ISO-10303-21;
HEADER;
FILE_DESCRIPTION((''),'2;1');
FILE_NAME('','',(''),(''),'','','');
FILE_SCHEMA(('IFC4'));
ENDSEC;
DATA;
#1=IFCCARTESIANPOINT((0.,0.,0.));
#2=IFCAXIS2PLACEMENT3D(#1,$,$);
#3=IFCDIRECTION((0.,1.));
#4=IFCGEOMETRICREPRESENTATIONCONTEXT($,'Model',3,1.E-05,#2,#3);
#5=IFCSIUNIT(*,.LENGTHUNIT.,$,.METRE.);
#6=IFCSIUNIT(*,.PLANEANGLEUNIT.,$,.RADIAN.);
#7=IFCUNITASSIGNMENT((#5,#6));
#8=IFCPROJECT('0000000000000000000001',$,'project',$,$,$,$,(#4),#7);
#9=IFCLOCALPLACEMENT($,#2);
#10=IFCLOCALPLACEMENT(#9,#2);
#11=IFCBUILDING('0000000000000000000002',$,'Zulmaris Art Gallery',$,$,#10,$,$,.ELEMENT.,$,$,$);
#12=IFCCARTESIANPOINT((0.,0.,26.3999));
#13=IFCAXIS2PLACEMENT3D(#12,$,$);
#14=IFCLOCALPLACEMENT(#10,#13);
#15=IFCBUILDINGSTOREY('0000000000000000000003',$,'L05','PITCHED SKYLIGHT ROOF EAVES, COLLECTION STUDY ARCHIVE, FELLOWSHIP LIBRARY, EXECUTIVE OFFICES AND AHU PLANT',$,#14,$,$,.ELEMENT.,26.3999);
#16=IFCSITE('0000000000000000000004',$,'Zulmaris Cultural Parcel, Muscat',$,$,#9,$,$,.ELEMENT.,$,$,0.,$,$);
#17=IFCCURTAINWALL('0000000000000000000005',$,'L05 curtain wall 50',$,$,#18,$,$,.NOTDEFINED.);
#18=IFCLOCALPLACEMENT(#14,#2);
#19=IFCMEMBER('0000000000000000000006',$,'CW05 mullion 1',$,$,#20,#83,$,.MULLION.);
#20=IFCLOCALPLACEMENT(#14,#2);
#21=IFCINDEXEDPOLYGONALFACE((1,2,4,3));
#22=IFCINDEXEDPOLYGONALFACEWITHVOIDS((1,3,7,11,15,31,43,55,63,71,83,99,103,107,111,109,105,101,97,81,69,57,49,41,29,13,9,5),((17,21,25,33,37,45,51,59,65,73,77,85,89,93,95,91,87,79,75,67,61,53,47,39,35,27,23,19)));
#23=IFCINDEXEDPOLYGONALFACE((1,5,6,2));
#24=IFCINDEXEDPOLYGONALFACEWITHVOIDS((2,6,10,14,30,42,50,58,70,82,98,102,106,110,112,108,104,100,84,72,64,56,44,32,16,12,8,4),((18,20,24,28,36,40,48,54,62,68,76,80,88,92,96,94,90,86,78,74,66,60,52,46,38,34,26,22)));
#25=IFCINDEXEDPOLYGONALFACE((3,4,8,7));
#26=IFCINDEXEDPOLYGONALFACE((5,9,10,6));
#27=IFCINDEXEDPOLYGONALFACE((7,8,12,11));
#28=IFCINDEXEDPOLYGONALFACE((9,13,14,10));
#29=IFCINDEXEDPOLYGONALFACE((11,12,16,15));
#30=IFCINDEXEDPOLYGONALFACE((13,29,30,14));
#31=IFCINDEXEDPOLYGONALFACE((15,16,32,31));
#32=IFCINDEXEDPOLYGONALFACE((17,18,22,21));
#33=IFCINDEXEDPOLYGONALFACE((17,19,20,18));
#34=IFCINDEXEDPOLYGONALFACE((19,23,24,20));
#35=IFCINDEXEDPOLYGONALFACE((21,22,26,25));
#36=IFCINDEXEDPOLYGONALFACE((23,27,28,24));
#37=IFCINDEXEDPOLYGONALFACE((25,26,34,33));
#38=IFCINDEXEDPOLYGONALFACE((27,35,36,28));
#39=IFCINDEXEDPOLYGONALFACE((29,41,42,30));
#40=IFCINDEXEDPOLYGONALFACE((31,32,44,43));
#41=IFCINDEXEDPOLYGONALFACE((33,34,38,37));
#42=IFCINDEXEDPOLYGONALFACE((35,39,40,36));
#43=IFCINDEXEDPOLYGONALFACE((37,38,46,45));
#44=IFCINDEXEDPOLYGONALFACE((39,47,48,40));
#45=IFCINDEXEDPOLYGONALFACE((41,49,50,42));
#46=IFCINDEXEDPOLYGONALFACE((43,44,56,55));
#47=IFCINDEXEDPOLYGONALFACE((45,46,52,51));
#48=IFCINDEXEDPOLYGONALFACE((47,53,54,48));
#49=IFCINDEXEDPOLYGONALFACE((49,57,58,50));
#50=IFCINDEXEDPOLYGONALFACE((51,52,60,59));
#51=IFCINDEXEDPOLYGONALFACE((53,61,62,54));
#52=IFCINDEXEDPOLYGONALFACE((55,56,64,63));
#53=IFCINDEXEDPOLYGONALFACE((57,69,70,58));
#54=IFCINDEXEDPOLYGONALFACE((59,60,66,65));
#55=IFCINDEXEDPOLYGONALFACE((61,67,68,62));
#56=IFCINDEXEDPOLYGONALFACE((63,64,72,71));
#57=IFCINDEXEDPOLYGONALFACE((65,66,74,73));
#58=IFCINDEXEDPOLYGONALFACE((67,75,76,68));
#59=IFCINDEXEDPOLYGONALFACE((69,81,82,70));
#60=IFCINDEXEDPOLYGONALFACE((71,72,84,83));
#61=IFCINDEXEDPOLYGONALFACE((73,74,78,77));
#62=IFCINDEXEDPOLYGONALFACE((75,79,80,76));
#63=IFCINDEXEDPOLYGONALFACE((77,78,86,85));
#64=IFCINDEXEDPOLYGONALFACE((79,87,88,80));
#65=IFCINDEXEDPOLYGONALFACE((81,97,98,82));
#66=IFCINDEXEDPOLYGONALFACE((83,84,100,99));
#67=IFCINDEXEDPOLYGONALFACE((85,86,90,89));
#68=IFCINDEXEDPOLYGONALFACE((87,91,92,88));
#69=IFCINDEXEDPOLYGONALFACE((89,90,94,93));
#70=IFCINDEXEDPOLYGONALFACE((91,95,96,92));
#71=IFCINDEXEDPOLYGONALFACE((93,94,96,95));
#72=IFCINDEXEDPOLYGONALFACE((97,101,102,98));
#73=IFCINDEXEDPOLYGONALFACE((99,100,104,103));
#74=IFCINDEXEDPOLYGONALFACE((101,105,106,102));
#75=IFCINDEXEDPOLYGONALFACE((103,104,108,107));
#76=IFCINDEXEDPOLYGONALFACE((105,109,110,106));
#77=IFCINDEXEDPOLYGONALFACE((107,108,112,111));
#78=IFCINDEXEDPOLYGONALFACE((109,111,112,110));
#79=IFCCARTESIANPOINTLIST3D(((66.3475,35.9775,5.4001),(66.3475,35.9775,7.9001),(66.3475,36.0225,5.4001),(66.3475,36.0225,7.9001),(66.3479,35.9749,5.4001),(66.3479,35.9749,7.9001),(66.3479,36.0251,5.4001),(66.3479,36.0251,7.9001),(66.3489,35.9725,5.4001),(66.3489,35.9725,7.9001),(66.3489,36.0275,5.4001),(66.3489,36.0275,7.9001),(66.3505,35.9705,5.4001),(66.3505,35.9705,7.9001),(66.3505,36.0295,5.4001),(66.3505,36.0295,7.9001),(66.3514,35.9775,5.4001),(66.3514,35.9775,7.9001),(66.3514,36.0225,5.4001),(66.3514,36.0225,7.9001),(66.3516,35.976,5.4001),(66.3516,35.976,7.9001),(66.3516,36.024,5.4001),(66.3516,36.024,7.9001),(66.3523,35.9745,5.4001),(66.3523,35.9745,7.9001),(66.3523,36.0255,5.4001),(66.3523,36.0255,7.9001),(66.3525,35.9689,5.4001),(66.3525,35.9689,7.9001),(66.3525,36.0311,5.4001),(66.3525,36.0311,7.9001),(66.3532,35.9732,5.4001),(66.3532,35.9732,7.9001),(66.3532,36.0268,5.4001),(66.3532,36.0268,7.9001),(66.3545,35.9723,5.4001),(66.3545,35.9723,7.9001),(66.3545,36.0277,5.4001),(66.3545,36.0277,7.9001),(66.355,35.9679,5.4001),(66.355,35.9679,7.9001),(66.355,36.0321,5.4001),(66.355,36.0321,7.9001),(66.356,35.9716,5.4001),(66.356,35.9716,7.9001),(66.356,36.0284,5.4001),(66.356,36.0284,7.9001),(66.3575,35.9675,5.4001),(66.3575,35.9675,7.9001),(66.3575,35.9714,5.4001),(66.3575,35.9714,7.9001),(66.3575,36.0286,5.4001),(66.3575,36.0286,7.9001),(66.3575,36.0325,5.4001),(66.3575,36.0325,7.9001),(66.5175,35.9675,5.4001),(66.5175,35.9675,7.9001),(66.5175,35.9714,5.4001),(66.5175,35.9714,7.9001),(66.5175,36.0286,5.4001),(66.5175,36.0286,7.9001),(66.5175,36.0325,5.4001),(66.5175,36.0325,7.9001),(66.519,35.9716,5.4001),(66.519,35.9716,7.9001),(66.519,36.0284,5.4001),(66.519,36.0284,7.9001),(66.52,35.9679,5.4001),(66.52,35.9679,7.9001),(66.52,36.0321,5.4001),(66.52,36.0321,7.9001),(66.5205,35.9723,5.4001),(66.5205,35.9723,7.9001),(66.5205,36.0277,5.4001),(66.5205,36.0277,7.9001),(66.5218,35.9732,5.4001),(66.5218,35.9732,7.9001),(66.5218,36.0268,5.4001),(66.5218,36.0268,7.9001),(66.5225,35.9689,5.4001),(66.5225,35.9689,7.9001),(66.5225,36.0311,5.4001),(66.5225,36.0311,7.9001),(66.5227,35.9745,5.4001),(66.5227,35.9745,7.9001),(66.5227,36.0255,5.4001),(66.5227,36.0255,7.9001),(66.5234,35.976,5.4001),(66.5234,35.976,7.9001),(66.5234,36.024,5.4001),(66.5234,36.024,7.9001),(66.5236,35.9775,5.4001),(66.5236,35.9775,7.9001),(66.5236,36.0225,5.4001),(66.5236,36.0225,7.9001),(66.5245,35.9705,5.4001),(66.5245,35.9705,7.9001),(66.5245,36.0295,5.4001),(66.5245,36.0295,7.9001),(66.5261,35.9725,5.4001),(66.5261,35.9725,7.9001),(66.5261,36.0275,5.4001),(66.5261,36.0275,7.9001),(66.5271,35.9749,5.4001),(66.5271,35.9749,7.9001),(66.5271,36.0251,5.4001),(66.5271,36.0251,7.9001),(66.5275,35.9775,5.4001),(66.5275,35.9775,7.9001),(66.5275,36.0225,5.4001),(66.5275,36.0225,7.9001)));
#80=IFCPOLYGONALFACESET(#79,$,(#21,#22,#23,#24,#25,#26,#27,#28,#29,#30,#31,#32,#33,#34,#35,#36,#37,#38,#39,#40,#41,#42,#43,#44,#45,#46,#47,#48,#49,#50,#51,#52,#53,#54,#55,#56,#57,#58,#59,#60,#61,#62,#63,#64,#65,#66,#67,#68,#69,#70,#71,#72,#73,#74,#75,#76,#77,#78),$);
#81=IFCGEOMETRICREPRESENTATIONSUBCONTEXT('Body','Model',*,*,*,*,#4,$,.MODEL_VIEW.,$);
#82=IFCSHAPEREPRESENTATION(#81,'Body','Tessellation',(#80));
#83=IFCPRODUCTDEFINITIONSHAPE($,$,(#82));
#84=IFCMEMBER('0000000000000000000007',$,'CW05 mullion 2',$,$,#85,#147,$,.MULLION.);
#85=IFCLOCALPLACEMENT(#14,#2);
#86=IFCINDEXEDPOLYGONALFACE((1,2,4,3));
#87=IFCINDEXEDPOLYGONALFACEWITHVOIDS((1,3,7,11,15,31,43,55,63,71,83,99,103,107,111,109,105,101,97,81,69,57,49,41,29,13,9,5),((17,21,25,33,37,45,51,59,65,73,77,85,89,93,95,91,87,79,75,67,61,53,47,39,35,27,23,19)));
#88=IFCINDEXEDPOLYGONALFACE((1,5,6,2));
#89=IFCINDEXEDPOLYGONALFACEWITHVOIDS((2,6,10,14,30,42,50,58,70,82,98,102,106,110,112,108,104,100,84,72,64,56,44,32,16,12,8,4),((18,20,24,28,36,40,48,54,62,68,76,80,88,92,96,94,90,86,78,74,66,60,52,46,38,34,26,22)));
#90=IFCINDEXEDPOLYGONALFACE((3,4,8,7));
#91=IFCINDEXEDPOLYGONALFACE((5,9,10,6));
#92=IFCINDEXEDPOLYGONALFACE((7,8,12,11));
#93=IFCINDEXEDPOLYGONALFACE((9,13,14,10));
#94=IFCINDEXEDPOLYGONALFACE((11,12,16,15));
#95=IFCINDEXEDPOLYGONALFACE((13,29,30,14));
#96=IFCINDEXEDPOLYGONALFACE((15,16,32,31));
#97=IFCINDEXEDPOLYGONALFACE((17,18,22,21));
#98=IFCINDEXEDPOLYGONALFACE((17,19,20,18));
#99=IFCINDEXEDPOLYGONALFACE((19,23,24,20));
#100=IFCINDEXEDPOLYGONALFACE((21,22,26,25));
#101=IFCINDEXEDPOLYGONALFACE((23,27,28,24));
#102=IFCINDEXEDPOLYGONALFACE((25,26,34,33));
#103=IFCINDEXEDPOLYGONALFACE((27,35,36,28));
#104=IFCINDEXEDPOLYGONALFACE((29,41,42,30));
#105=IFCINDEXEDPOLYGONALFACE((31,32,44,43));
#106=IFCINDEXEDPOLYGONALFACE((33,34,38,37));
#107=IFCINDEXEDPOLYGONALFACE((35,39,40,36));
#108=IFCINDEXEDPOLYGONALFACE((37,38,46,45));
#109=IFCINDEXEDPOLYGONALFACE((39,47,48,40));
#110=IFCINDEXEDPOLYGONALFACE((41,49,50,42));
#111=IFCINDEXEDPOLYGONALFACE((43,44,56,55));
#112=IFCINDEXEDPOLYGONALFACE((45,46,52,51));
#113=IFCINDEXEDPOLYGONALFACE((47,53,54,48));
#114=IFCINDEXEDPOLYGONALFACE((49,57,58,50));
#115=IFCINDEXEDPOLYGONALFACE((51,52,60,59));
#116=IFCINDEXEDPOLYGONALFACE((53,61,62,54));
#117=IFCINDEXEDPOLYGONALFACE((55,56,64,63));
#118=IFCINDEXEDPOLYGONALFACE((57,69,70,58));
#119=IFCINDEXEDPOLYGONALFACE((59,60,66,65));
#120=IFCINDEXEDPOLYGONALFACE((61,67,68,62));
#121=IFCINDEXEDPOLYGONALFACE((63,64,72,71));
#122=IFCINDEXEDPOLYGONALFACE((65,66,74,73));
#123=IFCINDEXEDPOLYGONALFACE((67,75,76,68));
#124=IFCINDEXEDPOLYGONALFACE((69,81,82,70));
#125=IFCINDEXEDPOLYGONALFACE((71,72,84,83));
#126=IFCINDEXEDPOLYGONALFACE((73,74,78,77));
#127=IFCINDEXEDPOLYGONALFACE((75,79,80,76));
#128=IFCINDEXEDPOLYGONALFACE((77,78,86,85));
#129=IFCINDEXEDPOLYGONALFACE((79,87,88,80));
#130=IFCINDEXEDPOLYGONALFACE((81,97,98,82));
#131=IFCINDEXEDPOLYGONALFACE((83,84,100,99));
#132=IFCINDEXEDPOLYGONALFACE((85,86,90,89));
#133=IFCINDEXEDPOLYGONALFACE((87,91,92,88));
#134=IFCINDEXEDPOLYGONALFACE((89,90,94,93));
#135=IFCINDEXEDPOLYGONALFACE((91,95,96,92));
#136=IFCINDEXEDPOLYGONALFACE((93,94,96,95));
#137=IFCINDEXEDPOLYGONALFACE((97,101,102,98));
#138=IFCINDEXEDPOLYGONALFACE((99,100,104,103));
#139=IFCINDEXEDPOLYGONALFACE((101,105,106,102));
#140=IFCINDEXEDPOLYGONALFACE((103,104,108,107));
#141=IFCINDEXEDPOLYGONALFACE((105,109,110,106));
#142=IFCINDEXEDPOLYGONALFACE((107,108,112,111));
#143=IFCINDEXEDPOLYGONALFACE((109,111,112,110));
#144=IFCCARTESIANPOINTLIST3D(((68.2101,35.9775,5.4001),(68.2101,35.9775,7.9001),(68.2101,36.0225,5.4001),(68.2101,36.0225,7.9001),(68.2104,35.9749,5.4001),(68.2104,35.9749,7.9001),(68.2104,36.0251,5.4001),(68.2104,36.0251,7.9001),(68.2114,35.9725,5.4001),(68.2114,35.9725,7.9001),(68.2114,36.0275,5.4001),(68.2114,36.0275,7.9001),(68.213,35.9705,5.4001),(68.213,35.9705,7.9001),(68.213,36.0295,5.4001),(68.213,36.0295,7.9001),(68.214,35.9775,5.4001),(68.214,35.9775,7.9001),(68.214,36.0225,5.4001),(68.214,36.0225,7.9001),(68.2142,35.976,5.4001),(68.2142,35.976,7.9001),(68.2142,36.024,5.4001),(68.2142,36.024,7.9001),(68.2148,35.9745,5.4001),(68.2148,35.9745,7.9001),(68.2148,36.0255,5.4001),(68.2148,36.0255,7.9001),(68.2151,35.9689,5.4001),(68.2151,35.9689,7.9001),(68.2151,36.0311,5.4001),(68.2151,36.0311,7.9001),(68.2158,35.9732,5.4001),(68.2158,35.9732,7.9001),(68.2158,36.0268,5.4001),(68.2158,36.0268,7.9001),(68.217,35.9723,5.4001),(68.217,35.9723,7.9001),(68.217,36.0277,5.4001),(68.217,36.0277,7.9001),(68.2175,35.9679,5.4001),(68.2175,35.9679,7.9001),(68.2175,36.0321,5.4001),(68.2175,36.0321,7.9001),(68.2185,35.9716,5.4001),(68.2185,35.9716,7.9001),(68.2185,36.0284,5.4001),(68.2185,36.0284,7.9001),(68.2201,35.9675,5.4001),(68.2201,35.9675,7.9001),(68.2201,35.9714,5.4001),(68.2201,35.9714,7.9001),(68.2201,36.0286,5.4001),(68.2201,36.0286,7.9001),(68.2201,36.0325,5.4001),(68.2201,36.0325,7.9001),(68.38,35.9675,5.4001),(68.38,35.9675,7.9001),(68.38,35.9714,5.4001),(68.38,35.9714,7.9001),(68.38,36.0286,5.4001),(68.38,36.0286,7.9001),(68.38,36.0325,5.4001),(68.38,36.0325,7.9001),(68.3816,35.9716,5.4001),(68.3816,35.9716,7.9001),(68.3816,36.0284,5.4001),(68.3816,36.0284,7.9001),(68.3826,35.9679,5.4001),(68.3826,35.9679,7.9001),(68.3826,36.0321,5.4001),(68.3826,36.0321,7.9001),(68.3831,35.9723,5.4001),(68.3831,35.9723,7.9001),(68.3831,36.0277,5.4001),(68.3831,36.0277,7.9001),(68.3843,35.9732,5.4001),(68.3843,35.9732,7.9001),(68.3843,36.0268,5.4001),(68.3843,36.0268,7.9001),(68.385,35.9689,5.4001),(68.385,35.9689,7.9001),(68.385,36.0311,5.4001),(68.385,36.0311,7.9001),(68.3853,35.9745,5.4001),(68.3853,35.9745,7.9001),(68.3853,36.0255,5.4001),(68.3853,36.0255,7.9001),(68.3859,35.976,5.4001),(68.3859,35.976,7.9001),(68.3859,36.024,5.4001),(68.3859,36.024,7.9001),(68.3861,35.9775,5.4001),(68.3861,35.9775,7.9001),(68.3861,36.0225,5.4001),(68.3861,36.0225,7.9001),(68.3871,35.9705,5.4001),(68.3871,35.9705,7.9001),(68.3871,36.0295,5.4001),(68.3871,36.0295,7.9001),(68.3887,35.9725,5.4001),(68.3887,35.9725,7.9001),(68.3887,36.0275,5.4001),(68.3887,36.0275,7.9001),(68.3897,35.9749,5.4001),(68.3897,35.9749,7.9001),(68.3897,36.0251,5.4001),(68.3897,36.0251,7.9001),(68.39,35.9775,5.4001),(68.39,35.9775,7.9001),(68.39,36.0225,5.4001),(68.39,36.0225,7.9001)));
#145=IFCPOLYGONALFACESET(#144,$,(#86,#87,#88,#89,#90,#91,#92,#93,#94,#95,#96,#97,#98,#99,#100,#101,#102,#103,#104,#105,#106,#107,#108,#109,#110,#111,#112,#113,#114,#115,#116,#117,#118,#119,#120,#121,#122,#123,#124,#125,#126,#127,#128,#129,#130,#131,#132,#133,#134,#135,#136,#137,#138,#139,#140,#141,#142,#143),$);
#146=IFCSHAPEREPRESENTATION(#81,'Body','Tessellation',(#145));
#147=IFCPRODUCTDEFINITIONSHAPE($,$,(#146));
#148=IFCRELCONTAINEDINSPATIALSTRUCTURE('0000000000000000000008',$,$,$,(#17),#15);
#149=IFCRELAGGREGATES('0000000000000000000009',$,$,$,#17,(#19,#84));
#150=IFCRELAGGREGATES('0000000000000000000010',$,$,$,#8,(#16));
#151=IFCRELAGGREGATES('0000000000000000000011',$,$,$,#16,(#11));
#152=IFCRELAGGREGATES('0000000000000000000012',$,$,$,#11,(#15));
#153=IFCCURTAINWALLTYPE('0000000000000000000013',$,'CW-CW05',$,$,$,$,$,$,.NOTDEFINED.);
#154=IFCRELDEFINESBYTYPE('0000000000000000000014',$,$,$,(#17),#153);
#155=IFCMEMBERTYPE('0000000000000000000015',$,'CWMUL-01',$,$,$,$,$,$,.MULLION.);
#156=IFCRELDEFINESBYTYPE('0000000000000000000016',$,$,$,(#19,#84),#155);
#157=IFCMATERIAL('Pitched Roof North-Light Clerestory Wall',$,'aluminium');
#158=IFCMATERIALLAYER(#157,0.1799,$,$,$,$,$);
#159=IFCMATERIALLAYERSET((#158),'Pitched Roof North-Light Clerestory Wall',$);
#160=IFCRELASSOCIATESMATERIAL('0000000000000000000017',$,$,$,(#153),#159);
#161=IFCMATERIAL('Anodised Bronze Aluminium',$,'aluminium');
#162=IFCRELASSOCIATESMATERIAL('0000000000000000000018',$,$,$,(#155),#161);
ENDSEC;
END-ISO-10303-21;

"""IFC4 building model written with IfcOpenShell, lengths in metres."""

from ifc_helpers import new_model, si_unit, direction, frame, origin, origin_2d, place, context, subcontext, project, spatial, hollow_rectangle, extrude, material, layer, layer_set, material_profile, profile_set, type_object, element, aggregate, save


model = new_model("IFC4")

# Units and contexts
model_context = context("Model", 3, precision=1e-05, world=origin(), true_north=direction((0.0, 1.0)))
body_context = subcontext(model_context, "Body", "Model", "MODEL_VIEW")
ifc_project = project(units=[si_unit("LENGTHUNIT", "METRE"), si_unit("PLANEANGLEUNIT", "RADIAN")], contexts=[model_context])

# Site, building, storey
site_placement = place(None, origin())
site = spatial("IfcSite", under=ifc_project, at=site_placement, Name="Zulmaris Cultural Parcel, Muscat", CompositionType="ELEMENT", RefElevation=0.0)
building_placement = place(site_placement, origin())
building = spatial("IfcBuilding", under=site, at=building_placement, Name="Zulmaris Art Gallery", CompositionType="ELEMENT")
storey_placement = place(building_placement, frame((0.0, 0.0, 26.3999)))
storey = spatial("IfcBuildingStorey", under=building, at=storey_placement, Name="L05", Description="PITCHED SKYLIGHT ROOF EAVES, COLLECTION STUDY ARCHIVE, FELLOWSHIP LIBRARY, EXECUTIVE OFFICES AND AHU PLANT", CompositionType="ELEMENT", Elevation=26.3999)

# Curtain wall, members
ifc_material_1 = material(Name="Pitched Roof North-Light Clerestory Wall", Category="aluminium")
ifc_layer_1 = layer(ifc_material_1, 0.1799)
ifc_layer_set_1 = layer_set([ifc_layer_1], Name="Pitched Roof North-Light Clerestory Wall")
curtain_wall_type = type_object("IfcCurtainWallType", Name="CW-CW05", PredefinedType="NOTDEFINED", material=ifc_layer_set_1)
curtain_wall_placement = place(storey_placement, origin())
curtain_wall = element("IfcCurtainWall", 1, at=curtain_wall_placement, inside=storey, type_object=curtain_wall_type, Name="L05 curtain wall 50", PredefinedType="NOTDEFINED")
ifc_material_2 = material(Name="Anodised Bronze Aluminium", Category="aluminium")
ifc_material_profile_1 = material_profile(ifc_material_2, hollow_rectangle(XDim=0.0649, YDim=0.1799, WallThickness=0.0039, InnerFilletRadius=0.0061, OuterFilletRadius=0.01, at=origin_2d()), Name="ALU 65x180x4")
ifc_profile_set_1 = profile_set([ifc_material_profile_1], Name="Anodised Bronze Aluminium")
member_type_1 = type_object("IfcMemberType", Name="CWMUL-01", PredefinedType="MULLION", material=ifc_profile_set_1)
member_1_placement = place(storey_placement, frame((66.4375, 36.0, 5.4001), z_axis=(0.0, 0.0, 1.0), x_axis=(0.0, 1.0, 0.0)))
member_1 = element("IfcMember", 2, at=member_1_placement, type_object=member_type_1, Name="CW05 mullion 1", PredefinedType="MULLION", context=body_context, shape_type="SweptSolid", body=[
    extrude(hollow_rectangle(XDim=0.0649, YDim=0.1799, WallThickness=0.0039, InnerFilletRadius=0.0061, OuterFilletRadius=0.01, at=origin_2d()), origin(), (0.0, 0.0, 1.0), 2.5),
])
member_2_placement = place(storey_placement, frame((68.3, 36.0, 5.4001), z_axis=(0.0, 0.0, 1.0), x_axis=(0.0, 1.0, 0.0)))
member_2 = element("IfcMember", 3, at=member_2_placement, type_object=member_type_1, Name="CW05 mullion 2", PredefinedType="MULLION", context=body_context, shape_type="SweptSolid", body=[
    extrude(hollow_rectangle(XDim=0.0649, YDim=0.1799, WallThickness=0.0039, InnerFilletRadius=0.0061, OuterFilletRadius=0.01, at=origin_2d()), origin(), (0.0, 0.0, 1.0), 2.5),
])

aggregate(curtain_wall, [member_1, member_2])

save(model, "model.ifc")
